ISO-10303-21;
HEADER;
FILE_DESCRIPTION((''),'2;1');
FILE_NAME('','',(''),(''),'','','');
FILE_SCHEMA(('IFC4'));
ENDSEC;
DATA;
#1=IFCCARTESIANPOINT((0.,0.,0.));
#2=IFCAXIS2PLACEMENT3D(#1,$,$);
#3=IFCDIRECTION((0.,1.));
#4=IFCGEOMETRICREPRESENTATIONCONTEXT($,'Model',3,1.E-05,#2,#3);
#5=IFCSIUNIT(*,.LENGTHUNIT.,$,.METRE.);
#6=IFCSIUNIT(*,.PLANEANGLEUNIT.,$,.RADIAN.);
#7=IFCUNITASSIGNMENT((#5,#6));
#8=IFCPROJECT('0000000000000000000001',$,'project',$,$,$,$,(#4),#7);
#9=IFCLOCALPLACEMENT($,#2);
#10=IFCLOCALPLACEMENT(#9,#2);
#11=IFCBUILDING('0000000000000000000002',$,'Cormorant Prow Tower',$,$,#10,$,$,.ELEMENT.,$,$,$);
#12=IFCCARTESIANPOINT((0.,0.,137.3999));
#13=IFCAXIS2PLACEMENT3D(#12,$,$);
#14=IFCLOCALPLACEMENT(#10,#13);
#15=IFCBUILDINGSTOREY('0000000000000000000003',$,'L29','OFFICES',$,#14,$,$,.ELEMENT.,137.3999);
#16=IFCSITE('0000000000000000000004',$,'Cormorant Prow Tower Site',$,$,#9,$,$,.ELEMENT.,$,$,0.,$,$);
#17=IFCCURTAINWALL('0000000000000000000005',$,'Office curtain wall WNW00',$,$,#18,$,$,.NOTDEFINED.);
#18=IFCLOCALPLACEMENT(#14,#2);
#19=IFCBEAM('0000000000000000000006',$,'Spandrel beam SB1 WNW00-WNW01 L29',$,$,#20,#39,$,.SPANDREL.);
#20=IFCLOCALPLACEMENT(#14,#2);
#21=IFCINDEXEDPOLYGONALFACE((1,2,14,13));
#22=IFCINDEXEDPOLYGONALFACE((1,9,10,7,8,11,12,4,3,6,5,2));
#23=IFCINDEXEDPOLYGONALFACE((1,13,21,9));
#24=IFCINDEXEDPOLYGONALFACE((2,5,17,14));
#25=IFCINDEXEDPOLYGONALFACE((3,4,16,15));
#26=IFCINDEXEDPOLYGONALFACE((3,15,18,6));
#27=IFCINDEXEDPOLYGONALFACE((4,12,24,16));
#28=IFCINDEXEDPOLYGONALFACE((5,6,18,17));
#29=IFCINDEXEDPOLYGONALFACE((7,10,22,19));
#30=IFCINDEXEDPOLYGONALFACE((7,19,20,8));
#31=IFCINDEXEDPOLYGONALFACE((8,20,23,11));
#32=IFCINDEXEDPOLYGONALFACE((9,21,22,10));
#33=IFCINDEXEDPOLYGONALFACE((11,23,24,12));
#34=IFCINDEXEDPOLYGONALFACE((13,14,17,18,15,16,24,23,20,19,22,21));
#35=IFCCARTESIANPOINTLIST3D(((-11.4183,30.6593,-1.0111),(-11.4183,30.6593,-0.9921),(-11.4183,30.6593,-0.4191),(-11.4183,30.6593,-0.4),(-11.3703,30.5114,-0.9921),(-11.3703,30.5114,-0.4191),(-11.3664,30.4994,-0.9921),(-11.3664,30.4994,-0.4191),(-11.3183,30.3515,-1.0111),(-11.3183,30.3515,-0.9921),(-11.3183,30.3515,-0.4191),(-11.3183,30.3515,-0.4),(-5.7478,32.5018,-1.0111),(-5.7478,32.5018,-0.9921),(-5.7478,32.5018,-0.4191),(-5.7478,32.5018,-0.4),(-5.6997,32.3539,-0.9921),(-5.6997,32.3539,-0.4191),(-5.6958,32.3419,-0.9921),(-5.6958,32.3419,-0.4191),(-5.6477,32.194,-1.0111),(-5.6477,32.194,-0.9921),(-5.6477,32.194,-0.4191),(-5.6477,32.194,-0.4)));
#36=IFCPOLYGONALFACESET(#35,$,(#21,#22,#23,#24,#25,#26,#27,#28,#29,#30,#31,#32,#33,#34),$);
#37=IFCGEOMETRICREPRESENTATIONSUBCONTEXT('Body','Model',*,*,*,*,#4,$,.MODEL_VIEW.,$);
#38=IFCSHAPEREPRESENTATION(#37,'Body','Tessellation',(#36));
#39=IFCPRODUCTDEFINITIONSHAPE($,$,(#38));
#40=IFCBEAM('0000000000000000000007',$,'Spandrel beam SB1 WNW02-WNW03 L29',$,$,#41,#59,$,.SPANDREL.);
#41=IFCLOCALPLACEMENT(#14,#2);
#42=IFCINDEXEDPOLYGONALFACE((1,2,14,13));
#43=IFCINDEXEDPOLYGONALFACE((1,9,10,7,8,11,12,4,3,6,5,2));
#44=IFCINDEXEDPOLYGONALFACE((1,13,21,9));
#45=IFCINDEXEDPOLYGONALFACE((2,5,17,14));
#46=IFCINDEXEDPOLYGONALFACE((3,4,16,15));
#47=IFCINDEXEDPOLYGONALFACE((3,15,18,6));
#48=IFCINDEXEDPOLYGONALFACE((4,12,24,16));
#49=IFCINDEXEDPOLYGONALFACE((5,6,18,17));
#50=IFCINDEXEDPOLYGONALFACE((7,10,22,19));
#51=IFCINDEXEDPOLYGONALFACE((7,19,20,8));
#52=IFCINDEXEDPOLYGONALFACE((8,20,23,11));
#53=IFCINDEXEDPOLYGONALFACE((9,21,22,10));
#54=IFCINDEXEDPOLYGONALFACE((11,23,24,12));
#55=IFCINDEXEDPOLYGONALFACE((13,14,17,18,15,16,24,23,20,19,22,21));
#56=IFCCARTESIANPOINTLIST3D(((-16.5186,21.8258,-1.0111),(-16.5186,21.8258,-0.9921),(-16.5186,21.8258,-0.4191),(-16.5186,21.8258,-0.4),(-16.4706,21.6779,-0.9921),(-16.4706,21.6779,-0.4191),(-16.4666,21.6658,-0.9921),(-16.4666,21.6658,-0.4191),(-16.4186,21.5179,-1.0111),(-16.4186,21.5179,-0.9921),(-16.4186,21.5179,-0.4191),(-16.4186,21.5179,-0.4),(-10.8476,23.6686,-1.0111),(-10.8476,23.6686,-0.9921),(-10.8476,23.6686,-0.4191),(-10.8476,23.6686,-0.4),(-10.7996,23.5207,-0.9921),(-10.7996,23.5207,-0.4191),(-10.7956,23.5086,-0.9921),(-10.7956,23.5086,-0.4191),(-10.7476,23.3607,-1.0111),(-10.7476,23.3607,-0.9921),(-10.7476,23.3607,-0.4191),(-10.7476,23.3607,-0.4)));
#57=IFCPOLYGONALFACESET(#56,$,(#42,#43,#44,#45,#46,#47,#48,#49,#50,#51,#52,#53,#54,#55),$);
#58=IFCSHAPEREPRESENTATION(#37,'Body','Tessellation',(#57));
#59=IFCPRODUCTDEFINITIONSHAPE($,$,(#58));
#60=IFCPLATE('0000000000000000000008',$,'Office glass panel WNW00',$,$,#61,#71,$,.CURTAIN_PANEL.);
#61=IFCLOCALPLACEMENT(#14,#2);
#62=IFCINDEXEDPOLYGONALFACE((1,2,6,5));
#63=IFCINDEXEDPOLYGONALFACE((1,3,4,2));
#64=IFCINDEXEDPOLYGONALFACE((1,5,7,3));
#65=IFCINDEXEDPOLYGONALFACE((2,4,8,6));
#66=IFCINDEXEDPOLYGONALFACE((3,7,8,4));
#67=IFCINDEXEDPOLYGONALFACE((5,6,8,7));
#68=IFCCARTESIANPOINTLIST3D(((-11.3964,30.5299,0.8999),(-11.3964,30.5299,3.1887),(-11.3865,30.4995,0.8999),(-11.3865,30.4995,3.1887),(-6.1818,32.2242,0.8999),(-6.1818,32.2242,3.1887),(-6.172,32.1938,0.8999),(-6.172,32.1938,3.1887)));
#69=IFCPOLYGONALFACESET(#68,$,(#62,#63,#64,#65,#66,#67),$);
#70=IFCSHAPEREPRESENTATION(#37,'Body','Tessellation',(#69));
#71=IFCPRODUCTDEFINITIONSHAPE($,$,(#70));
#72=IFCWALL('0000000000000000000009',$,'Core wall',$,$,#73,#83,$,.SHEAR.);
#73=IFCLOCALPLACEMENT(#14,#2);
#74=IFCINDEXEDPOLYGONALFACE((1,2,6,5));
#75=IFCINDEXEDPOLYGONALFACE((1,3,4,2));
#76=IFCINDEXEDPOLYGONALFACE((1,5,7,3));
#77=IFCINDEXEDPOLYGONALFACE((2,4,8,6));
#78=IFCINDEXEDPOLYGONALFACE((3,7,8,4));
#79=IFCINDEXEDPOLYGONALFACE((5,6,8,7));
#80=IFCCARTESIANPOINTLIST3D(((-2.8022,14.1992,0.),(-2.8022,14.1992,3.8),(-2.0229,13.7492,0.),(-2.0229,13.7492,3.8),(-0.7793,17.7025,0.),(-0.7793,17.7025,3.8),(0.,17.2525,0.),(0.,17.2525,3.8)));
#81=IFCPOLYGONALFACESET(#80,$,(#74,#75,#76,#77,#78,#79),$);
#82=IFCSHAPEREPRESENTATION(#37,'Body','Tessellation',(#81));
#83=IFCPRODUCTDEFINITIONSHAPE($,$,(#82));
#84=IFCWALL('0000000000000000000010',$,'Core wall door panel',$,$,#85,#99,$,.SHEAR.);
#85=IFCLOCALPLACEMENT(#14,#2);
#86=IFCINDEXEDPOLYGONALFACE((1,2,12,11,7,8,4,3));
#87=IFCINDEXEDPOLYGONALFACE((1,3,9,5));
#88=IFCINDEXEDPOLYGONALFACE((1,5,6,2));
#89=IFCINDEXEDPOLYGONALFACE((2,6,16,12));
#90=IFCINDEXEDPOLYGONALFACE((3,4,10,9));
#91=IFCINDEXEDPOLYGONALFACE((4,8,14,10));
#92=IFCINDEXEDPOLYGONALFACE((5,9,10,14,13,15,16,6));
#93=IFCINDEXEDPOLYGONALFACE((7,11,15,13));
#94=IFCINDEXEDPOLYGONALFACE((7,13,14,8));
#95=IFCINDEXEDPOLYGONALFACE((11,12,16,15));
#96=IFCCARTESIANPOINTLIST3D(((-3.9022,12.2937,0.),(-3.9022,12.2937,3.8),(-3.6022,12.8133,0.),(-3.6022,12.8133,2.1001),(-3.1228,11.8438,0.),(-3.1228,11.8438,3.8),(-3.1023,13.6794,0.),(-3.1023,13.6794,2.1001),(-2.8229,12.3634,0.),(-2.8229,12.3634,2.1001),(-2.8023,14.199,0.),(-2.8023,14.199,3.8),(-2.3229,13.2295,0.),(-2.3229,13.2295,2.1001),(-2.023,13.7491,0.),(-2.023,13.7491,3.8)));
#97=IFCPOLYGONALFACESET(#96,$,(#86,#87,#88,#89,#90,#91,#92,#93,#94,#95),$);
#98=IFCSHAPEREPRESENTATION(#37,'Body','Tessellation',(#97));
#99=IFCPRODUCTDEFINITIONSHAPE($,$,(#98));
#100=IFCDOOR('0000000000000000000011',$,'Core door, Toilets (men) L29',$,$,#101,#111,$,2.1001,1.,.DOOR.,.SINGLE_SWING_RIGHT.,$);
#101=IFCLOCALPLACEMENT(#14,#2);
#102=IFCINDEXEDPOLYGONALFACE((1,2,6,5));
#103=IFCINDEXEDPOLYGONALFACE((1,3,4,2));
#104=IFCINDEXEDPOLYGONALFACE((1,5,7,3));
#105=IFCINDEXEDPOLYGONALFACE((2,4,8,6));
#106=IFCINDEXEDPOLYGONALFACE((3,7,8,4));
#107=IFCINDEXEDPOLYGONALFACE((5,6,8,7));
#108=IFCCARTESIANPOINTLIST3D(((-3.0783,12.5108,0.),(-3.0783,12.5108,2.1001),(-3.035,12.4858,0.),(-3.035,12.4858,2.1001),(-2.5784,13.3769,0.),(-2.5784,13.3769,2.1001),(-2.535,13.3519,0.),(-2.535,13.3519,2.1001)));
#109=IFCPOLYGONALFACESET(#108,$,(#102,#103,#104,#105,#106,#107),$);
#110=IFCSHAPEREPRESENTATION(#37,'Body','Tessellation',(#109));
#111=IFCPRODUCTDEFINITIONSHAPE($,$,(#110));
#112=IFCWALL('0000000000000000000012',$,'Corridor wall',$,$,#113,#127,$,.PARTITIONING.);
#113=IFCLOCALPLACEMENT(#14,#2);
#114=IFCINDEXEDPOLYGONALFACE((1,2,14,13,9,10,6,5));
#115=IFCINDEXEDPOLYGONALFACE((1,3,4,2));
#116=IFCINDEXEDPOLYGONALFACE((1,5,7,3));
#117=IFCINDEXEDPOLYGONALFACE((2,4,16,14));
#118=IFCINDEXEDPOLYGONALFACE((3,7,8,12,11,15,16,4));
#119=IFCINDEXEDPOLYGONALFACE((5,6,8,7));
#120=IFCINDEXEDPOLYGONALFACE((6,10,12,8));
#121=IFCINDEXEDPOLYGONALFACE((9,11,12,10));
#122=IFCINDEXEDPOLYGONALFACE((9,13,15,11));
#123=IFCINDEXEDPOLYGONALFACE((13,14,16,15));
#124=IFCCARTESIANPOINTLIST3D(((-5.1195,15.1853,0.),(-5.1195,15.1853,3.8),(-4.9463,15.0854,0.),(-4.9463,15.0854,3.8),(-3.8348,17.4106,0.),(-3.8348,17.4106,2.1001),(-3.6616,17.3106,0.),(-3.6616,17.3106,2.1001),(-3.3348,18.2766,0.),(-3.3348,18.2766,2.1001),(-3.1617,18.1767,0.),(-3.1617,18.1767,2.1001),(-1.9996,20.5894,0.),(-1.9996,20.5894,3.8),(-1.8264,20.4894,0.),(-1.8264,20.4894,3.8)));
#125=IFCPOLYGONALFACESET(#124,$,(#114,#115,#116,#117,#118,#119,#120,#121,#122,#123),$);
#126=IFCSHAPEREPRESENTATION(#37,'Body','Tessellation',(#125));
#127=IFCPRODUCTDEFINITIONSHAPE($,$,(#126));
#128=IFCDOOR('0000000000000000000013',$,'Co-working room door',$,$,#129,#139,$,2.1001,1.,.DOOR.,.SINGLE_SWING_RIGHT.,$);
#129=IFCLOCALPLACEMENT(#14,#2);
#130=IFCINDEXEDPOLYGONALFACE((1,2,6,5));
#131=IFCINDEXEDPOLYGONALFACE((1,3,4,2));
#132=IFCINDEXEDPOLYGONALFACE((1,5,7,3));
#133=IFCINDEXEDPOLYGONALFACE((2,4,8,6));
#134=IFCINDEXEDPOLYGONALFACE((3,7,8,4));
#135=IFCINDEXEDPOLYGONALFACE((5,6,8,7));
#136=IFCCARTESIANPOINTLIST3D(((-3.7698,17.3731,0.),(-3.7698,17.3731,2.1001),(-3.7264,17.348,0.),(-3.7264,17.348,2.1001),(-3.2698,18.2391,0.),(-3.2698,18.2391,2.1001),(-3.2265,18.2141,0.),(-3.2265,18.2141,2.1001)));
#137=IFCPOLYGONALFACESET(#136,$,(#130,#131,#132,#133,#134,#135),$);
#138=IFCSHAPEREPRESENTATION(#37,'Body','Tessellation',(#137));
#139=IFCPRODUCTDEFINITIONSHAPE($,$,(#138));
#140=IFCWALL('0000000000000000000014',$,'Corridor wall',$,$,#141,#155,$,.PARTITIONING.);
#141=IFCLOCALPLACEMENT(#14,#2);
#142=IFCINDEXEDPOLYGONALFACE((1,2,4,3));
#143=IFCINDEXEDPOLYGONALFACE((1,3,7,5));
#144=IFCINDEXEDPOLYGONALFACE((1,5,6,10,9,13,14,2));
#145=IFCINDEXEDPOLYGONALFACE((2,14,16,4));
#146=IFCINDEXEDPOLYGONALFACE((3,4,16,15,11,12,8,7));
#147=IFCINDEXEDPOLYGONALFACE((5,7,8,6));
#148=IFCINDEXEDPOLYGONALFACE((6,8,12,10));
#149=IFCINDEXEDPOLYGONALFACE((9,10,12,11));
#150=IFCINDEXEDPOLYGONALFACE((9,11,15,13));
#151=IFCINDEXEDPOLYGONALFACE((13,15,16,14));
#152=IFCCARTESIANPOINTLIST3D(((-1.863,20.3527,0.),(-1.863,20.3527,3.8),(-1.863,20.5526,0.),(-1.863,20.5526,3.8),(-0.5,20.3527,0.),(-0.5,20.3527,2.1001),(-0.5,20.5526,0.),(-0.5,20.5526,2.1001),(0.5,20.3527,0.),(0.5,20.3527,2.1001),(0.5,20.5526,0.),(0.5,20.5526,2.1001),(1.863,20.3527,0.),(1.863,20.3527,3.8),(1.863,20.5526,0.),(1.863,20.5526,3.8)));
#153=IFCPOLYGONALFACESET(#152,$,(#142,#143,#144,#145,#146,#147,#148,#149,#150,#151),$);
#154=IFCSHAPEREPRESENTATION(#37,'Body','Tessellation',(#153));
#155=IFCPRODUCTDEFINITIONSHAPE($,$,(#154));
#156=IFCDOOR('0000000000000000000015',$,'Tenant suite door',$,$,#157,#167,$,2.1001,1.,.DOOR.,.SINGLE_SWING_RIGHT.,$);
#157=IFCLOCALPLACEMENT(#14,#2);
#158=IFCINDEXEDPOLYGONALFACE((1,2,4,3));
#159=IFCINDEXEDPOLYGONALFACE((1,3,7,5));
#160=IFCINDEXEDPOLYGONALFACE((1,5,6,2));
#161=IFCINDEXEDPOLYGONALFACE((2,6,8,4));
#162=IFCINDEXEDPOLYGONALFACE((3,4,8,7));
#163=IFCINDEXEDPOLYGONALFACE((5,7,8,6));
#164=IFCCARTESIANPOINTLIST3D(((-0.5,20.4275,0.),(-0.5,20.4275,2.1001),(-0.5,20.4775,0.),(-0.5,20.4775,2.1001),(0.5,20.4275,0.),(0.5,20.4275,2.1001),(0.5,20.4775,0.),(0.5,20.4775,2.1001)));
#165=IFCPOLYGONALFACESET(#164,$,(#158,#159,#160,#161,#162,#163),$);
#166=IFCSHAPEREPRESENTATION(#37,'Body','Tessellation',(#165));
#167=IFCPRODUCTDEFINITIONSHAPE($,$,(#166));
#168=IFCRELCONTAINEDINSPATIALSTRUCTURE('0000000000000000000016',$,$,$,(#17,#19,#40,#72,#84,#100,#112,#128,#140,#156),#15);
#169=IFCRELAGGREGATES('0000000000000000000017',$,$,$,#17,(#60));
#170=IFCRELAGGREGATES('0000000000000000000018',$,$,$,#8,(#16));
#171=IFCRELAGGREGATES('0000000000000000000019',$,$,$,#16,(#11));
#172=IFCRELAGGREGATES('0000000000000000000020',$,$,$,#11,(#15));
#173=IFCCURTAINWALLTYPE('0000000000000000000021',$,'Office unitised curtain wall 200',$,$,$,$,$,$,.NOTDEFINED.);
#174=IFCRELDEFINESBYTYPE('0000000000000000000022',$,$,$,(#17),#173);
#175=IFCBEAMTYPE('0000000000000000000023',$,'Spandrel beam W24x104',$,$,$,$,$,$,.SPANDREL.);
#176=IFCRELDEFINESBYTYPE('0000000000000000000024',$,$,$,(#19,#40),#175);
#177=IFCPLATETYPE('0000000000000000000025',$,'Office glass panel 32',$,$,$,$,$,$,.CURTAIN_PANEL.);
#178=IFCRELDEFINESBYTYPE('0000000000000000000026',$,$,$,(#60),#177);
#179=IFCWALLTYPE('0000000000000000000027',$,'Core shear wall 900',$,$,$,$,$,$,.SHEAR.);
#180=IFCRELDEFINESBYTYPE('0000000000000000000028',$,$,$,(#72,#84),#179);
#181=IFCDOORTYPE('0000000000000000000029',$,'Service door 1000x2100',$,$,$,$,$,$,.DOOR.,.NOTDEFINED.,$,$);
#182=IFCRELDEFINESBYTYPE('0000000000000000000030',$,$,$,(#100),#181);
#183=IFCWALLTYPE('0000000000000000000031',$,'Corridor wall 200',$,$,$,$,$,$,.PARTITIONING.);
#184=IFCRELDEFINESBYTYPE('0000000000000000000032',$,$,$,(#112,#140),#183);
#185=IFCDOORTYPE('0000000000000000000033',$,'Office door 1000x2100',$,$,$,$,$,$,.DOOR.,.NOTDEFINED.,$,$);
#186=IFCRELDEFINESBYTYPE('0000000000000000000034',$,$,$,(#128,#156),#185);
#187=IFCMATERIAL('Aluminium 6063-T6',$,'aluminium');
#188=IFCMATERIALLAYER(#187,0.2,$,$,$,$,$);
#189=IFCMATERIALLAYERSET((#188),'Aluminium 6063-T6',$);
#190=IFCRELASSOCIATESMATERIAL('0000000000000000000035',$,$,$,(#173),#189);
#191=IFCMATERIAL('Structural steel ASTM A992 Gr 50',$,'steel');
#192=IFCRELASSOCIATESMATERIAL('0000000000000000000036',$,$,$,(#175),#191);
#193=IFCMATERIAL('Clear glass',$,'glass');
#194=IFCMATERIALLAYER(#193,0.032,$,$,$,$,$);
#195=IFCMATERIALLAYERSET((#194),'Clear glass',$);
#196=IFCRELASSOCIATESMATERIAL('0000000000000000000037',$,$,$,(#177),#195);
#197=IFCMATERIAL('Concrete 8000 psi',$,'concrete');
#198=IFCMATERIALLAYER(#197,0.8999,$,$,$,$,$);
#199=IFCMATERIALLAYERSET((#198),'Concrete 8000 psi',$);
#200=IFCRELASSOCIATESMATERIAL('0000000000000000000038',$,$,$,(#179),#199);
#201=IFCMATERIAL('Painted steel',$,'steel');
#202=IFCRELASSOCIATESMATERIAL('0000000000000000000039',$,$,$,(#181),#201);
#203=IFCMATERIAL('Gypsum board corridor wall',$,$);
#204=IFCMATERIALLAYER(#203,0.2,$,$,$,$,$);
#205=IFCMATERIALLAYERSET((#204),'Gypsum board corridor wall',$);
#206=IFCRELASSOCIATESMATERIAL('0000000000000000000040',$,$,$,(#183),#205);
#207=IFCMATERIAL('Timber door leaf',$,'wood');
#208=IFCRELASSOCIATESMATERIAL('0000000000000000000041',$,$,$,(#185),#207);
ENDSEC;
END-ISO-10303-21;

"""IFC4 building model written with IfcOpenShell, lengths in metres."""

from ifc_helpers import new_model, si_unit, direction, frame, frame_2d, origin, origin_2d, place, context, subcontext, project, spatial, rectangle, i_section, extrude, material, layer, layer_set, material_profile, profile_set, type_object, element, fill, aggregate, save


model = new_model("IFC4")

# Units and contexts
model_context = context("Model", 3, precision=1e-05, world=origin(), true_north=direction((0.0, 1.0)))
body_context = subcontext(model_context, "Body", "Model", "MODEL_VIEW")
ifc_project = project(units=[si_unit("LENGTHUNIT", "METRE"), si_unit("PLANEANGLEUNIT", "RADIAN")], contexts=[model_context])

# Site, building, storey
site_placement = place(None, origin())
site = spatial("IfcSite", under=ifc_project, at=site_placement, Name="Cormorant Prow Tower Site", CompositionType="ELEMENT", RefElevation=0.0)
building_placement = place(site_placement, origin())
building = spatial("IfcBuilding", under=site, at=building_placement, Name="Cormorant Prow Tower", CompositionType="ELEMENT")
storey_placement = place(building_placement, frame((0.0, 0.0, 137.3999)))
storey = spatial("IfcBuildingStorey", under=building, at=storey_placement, Name="L29", Description="OFFICES", CompositionType="ELEMENT", Elevation=137.3999)

# Curtain wall
ifc_material_1 = material(Name="Aluminium 6063-T6", Category="aluminium")
ifc_layer_1 = layer(ifc_material_1, 0.2)
ifc_layer_set_1 = layer_set([ifc_layer_1], Name="Aluminium 6063-T6")
curtain_wall_type = type_object("IfcCurtainWallType", Name="Office unitised curtain wall 200", PredefinedType="NOTDEFINED", material=ifc_layer_set_1)
curtain_wall_1_placement = place(storey_placement, origin())
curtain_wall_1 = element("IfcCurtainWall", 1, at=curtain_wall_1_placement, inside=storey, type_object=curtain_wall_type, Name="Office curtain wall WNW00", PredefinedType="NOTDEFINED")

# Beams
ifc_material_2 = material(Name="Structural steel ASTM A992 Gr 50", Category="steel")
ifc_material_profile_1 = material_profile(ifc_material_2, i_section(OverallWidth=0.3237, OverallDepth=0.6111, WebThickness=0.0127, FlangeThickness=0.019, at=origin_2d()), Name="W24x104")
ifc_profile_set_1 = profile_set([ifc_material_profile_1], Name="Structural steel ASTM A992 Gr 50")
beam_type_1 = type_object("IfcBeamType", Name="Spandrel beam W24x104", PredefinedType="SPANDREL", material=ifc_profile_set_1)
beam_1_placement = place(storey_placement, frame((-5.6978, 32.3479, -0.7056), z_axis=(-0.951055, -0.30902, 0.0), x_axis=(0.30902, -0.951055, 0.0)))
element("IfcBeam", 2, at=beam_1_placement, inside=storey, type_object=beam_type_1, Name="Spandrel beam SB1 WNW00-WNW01 L29", PredefinedType="SPANDREL", context=body_context, shape_type="SweptSolid", body=[
    extrude(i_section(OverallWidth=0.3237, OverallDepth=0.6111, WebThickness=0.0127, FlangeThickness=0.019, at=origin_2d()), origin(), (0.0, 0.0, 1.0), 5.9624),
])
beam_2_placement = place(storey_placement, frame((-10.7976, 23.5146, -0.7056), z_axis=(-0.951047, -0.309045, 0.0), x_axis=(0.309045, -0.951047, 0.0)))
element("IfcBeam", 3, at=beam_2_placement, inside=storey, type_object=beam_type_1, Name="Spandrel beam SB1 WNW02-WNW03 L29", PredefinedType="SPANDREL", context=body_context, shape_type="SweptSolid", body=[
    extrude(i_section(OverallWidth=0.3237, OverallDepth=0.6111, WebThickness=0.0127, FlangeThickness=0.019, at=origin_2d()), origin(), (0.0, 0.0, 1.0), 5.9629),
])

# Plate
ifc_material_3 = material(Name="Clear glass", Category="glass")
ifc_layer_2 = layer(ifc_material_3, 0.032)
ifc_layer_set_2 = layer_set([ifc_layer_2], Name="Clear glass")
plate_type = type_object("IfcPlateType", Name="Office glass panel 32", PredefinedType="CURTAIN_PANEL", material=ifc_layer_set_2)
plate_placement = place(storey_placement, frame((-8.7842, 31.3618, 0.8999), z_axis=(0.0, 0.0, 1.0), x_axis=(-0.951057, -0.309017, 0.0)))
plate = element("IfcPlate", 4, at=plate_placement, type_object=plate_type, Name="Office glass panel WNW00", PredefinedType="CURTAIN_PANEL", context=body_context, shape_type="SweptSolid", body=[
    extrude(rectangle(XDim=5.4829, YDim=0.032, at=origin_2d()), origin(), (0.0, 0.0, 1.0), 2.2888),
])
aggregate(curtain_wall_1, [plate])

# Wall
ifc_material_4 = material(Name="Concrete 8000 psi", Category="concrete")
ifc_layer_3 = layer(ifc_material_4, 0.8999)
ifc_layer_set_3 = layer_set([ifc_layer_3], Name="Concrete 8000 psi")
wall_type_1 = type_object("IfcWallType", Name="Core shear wall 900", PredefinedType="SHEAR", material=ifc_layer_set_3)
wall_1_placement = place(storey_placement, frame((-0.3896, 17.4775, 0.0), z_axis=(0.0, 0.0, 1.0), x_axis=(-0.500046, -0.865999, 0.0)))
element("IfcWall", 5, at=wall_1_placement, inside=storey, type_object=wall_type_1, Name="Core wall", PredefinedType="SHEAR", context=body_context, shape_type="SweptSolid", body=[
    extrude(rectangle(XDim=4.0454, YDim=0.8999, at=frame_2d((2.0227, 0.0))), origin(), (0.0, 0.0, 1.0), 3.8),
])

# Walls, openings, doors
wall_2_placement = place(storey_placement, frame((-2.4126, 13.9741, 0.0), z_axis=(0.0, 0.0, 1.0), x_axis=(-0.499947, -0.866056, 0.0)))
wall_2 = element("IfcWall", 6, at=wall_2_placement, inside=storey, type_object=wall_type_1, Name="Core wall door panel", PredefinedType="SHEAR", context=body_context, shape_type="SweptSolid", body=[
    extrude(rectangle(XDim=2.2, YDim=0.8999, at=frame_2d((1.1001, 0.0))), origin(), (0.0, 0.0, 1.0), 3.8),
])
opening_1_placement = place(wall_2_placement, frame((0.6001, 0.0, 0.0)))
opening_1 = element("IfcOpeningElement", 7, at=opening_1_placement, cuts=wall_2, PredefinedType="OPENING", context=body_context, shape_type="SweptSolid", body=[
    extrude(rectangle(XDim=1.0, YDim=2.1001, at=frame_2d((0.5, 1.05))), frame((0.0, 0.46, 0.0), z_axis=(0.0, -1.0, 0.0), x_axis=(1.0, 0.0, 0.0)), (0.0, 0.0, 1.0), 0.9199),
])
ifc_material_5 = material(Name="Painted steel", Category="steel")
door_type_1 = type_object("IfcDoorType", Name="Service door 1000x2100", OperationType="NOTDEFINED", PredefinedType="DOOR", material=ifc_material_5)
door_1_placement = place(opening_1_placement, origin())
door_1 = element("IfcDoor", 8, at=door_1_placement, inside=storey, type_object=door_type_1, Name="Core door, Toilets (men) L29", OperationType="SINGLE_SWING_RIGHT", OverallHeight=2.1001, OverallWidth=1.0, PredefinedType="DOOR", context=body_context, shape_type="SweptSolid", body=[
    extrude(rectangle(XDim=1.0, YDim=2.1001, at=frame_2d((0.5, 1.05))), frame((0.0, 0.2051, 0.0), z_axis=(0.0, -1.0, 0.0), x_axis=(1.0, 0.0, 0.0)), (0.0, 0.0, 1.0), 0.05),
])
fill(opening_1, door_1)
ifc_material_6 = material(Name="Gypsum board corridor wall")
ifc_layer_4 = layer(ifc_material_6, 0.2)
ifc_layer_set_4 = layer_set([ifc_layer_4], Name="Gypsum board corridor wall")
wall_type_2 = type_object("IfcWallType", Name="Corridor wall 200", PredefinedType="PARTITIONING", material=ifc_layer_set_4)
wall_3_placement = place(storey_placement, frame((-5.033, 15.1353, 0.0), z_axis=(0.0, 0.0, 1.0), x_axis=(0.499981, 0.866036, 0.0)))
wall_3 = element("IfcWall", 9, at=wall_3_placement, inside=storey, type_object=wall_type_2, Name="Corridor wall", PredefinedType="PARTITIONING", context=body_context, shape_type="SweptSolid", body=[
    extrude(rectangle(XDim=6.24, YDim=0.2, at=frame_2d((3.1201, 0.0))), origin(), (0.0, 0.0, 1.0), 3.8),
])
opening_2_placement = place(wall_3_placement, frame((2.5696, 0.0, 0.0)))
opening_2 = element("IfcOpeningElement", 10, at=opening_2_placement, cuts=wall_3, PredefinedType="OPENING", context=body_context, shape_type="SweptSolid", body=[
    extrude(rectangle(XDim=1.0, YDim=2.1001, at=frame_2d((0.5, 1.05))), frame((0.0, 0.1099, 0.0), z_axis=(0.0, -1.0, 0.0), x_axis=(1.0, 0.0, 0.0)), (0.0, 0.0, 1.0), 0.22),
])
ifc_material_7 = material(Name="Timber door leaf", Category="wood")
door_type_2 = type_object("IfcDoorType", Name="Office door 1000x2100", OperationType="NOTDEFINED", PredefinedType="DOOR", material=ifc_material_7)
door_2_placement = place(opening_2_placement, origin())
door_2 = element("IfcDoor", 11, at=door_2_placement, inside=storey, type_object=door_type_2, Name="Co-working room door", OperationType="SINGLE_SWING_RIGHT", OverallHeight=2.1001, OverallWidth=1.0, PredefinedType="DOOR", context=body_context, shape_type="SweptSolid", body=[
    extrude(rectangle(XDim=1.0, YDim=2.1001, at=frame_2d((0.5, 1.05))), frame((0.0, 0.0249, 0.0), z_axis=(0.0, -1.0, 0.0), x_axis=(1.0, 0.0, 0.0)), (0.0, 0.0, 1.0), 0.05),
])
fill(opening_2, door_2)
wall_4_placement = place(storey_placement, frame((-1.863, 20.4526, 0.0), z_axis=(0.0, 0.0, 1.0), x_axis=(1.0, 0.0, 0.0)))
wall_4 = element("IfcWall", 12, at=wall_4_placement, inside=storey, type_object=wall_type_2, Name="Corridor wall", PredefinedType="PARTITIONING", context=body_context, shape_type="SweptSolid", body=[
    extrude(rectangle(XDim=3.7261, YDim=0.2, at=frame_2d((1.863, 0.0))), origin(), (0.0, 0.0, 1.0), 3.8),
])
opening_3_placement = place(wall_4_placement, frame((1.363, 0.0, 0.0)))
opening_3 = element("IfcOpeningElement", 13, at=opening_3_placement, cuts=wall_4, PredefinedType="OPENING", context=body_context, shape_type="SweptSolid", body=[
    extrude(rectangle(XDim=1.0, YDim=2.1001, at=frame_2d((0.5, 1.05))), frame((0.0, 0.1099, 0.0), z_axis=(0.0, -1.0, 0.0), x_axis=(1.0, 0.0, 0.0)), (0.0, 0.0, 1.0), 0.22),
])
door_3_placement = place(opening_3_placement, origin())
door_3 = element("IfcDoor", 14, at=door_3_placement, inside=storey, type_object=door_type_2, Name="Tenant suite door", OperationType="SINGLE_SWING_RIGHT", OverallHeight=2.1001, OverallWidth=1.0, PredefinedType="DOOR", context=body_context, shape_type="SweptSolid", body=[
    extrude(rectangle(XDim=1.0, YDim=2.1001, at=frame_2d((0.5, 1.05))), frame((0.0, 0.0249, 0.0), z_axis=(0.0, -1.0, 0.0), x_axis=(1.0, 0.0, 0.0)), (0.0, 0.0, 1.0), 0.05),
])
fill(opening_3, door_3)

save(model, "model.ifc")
